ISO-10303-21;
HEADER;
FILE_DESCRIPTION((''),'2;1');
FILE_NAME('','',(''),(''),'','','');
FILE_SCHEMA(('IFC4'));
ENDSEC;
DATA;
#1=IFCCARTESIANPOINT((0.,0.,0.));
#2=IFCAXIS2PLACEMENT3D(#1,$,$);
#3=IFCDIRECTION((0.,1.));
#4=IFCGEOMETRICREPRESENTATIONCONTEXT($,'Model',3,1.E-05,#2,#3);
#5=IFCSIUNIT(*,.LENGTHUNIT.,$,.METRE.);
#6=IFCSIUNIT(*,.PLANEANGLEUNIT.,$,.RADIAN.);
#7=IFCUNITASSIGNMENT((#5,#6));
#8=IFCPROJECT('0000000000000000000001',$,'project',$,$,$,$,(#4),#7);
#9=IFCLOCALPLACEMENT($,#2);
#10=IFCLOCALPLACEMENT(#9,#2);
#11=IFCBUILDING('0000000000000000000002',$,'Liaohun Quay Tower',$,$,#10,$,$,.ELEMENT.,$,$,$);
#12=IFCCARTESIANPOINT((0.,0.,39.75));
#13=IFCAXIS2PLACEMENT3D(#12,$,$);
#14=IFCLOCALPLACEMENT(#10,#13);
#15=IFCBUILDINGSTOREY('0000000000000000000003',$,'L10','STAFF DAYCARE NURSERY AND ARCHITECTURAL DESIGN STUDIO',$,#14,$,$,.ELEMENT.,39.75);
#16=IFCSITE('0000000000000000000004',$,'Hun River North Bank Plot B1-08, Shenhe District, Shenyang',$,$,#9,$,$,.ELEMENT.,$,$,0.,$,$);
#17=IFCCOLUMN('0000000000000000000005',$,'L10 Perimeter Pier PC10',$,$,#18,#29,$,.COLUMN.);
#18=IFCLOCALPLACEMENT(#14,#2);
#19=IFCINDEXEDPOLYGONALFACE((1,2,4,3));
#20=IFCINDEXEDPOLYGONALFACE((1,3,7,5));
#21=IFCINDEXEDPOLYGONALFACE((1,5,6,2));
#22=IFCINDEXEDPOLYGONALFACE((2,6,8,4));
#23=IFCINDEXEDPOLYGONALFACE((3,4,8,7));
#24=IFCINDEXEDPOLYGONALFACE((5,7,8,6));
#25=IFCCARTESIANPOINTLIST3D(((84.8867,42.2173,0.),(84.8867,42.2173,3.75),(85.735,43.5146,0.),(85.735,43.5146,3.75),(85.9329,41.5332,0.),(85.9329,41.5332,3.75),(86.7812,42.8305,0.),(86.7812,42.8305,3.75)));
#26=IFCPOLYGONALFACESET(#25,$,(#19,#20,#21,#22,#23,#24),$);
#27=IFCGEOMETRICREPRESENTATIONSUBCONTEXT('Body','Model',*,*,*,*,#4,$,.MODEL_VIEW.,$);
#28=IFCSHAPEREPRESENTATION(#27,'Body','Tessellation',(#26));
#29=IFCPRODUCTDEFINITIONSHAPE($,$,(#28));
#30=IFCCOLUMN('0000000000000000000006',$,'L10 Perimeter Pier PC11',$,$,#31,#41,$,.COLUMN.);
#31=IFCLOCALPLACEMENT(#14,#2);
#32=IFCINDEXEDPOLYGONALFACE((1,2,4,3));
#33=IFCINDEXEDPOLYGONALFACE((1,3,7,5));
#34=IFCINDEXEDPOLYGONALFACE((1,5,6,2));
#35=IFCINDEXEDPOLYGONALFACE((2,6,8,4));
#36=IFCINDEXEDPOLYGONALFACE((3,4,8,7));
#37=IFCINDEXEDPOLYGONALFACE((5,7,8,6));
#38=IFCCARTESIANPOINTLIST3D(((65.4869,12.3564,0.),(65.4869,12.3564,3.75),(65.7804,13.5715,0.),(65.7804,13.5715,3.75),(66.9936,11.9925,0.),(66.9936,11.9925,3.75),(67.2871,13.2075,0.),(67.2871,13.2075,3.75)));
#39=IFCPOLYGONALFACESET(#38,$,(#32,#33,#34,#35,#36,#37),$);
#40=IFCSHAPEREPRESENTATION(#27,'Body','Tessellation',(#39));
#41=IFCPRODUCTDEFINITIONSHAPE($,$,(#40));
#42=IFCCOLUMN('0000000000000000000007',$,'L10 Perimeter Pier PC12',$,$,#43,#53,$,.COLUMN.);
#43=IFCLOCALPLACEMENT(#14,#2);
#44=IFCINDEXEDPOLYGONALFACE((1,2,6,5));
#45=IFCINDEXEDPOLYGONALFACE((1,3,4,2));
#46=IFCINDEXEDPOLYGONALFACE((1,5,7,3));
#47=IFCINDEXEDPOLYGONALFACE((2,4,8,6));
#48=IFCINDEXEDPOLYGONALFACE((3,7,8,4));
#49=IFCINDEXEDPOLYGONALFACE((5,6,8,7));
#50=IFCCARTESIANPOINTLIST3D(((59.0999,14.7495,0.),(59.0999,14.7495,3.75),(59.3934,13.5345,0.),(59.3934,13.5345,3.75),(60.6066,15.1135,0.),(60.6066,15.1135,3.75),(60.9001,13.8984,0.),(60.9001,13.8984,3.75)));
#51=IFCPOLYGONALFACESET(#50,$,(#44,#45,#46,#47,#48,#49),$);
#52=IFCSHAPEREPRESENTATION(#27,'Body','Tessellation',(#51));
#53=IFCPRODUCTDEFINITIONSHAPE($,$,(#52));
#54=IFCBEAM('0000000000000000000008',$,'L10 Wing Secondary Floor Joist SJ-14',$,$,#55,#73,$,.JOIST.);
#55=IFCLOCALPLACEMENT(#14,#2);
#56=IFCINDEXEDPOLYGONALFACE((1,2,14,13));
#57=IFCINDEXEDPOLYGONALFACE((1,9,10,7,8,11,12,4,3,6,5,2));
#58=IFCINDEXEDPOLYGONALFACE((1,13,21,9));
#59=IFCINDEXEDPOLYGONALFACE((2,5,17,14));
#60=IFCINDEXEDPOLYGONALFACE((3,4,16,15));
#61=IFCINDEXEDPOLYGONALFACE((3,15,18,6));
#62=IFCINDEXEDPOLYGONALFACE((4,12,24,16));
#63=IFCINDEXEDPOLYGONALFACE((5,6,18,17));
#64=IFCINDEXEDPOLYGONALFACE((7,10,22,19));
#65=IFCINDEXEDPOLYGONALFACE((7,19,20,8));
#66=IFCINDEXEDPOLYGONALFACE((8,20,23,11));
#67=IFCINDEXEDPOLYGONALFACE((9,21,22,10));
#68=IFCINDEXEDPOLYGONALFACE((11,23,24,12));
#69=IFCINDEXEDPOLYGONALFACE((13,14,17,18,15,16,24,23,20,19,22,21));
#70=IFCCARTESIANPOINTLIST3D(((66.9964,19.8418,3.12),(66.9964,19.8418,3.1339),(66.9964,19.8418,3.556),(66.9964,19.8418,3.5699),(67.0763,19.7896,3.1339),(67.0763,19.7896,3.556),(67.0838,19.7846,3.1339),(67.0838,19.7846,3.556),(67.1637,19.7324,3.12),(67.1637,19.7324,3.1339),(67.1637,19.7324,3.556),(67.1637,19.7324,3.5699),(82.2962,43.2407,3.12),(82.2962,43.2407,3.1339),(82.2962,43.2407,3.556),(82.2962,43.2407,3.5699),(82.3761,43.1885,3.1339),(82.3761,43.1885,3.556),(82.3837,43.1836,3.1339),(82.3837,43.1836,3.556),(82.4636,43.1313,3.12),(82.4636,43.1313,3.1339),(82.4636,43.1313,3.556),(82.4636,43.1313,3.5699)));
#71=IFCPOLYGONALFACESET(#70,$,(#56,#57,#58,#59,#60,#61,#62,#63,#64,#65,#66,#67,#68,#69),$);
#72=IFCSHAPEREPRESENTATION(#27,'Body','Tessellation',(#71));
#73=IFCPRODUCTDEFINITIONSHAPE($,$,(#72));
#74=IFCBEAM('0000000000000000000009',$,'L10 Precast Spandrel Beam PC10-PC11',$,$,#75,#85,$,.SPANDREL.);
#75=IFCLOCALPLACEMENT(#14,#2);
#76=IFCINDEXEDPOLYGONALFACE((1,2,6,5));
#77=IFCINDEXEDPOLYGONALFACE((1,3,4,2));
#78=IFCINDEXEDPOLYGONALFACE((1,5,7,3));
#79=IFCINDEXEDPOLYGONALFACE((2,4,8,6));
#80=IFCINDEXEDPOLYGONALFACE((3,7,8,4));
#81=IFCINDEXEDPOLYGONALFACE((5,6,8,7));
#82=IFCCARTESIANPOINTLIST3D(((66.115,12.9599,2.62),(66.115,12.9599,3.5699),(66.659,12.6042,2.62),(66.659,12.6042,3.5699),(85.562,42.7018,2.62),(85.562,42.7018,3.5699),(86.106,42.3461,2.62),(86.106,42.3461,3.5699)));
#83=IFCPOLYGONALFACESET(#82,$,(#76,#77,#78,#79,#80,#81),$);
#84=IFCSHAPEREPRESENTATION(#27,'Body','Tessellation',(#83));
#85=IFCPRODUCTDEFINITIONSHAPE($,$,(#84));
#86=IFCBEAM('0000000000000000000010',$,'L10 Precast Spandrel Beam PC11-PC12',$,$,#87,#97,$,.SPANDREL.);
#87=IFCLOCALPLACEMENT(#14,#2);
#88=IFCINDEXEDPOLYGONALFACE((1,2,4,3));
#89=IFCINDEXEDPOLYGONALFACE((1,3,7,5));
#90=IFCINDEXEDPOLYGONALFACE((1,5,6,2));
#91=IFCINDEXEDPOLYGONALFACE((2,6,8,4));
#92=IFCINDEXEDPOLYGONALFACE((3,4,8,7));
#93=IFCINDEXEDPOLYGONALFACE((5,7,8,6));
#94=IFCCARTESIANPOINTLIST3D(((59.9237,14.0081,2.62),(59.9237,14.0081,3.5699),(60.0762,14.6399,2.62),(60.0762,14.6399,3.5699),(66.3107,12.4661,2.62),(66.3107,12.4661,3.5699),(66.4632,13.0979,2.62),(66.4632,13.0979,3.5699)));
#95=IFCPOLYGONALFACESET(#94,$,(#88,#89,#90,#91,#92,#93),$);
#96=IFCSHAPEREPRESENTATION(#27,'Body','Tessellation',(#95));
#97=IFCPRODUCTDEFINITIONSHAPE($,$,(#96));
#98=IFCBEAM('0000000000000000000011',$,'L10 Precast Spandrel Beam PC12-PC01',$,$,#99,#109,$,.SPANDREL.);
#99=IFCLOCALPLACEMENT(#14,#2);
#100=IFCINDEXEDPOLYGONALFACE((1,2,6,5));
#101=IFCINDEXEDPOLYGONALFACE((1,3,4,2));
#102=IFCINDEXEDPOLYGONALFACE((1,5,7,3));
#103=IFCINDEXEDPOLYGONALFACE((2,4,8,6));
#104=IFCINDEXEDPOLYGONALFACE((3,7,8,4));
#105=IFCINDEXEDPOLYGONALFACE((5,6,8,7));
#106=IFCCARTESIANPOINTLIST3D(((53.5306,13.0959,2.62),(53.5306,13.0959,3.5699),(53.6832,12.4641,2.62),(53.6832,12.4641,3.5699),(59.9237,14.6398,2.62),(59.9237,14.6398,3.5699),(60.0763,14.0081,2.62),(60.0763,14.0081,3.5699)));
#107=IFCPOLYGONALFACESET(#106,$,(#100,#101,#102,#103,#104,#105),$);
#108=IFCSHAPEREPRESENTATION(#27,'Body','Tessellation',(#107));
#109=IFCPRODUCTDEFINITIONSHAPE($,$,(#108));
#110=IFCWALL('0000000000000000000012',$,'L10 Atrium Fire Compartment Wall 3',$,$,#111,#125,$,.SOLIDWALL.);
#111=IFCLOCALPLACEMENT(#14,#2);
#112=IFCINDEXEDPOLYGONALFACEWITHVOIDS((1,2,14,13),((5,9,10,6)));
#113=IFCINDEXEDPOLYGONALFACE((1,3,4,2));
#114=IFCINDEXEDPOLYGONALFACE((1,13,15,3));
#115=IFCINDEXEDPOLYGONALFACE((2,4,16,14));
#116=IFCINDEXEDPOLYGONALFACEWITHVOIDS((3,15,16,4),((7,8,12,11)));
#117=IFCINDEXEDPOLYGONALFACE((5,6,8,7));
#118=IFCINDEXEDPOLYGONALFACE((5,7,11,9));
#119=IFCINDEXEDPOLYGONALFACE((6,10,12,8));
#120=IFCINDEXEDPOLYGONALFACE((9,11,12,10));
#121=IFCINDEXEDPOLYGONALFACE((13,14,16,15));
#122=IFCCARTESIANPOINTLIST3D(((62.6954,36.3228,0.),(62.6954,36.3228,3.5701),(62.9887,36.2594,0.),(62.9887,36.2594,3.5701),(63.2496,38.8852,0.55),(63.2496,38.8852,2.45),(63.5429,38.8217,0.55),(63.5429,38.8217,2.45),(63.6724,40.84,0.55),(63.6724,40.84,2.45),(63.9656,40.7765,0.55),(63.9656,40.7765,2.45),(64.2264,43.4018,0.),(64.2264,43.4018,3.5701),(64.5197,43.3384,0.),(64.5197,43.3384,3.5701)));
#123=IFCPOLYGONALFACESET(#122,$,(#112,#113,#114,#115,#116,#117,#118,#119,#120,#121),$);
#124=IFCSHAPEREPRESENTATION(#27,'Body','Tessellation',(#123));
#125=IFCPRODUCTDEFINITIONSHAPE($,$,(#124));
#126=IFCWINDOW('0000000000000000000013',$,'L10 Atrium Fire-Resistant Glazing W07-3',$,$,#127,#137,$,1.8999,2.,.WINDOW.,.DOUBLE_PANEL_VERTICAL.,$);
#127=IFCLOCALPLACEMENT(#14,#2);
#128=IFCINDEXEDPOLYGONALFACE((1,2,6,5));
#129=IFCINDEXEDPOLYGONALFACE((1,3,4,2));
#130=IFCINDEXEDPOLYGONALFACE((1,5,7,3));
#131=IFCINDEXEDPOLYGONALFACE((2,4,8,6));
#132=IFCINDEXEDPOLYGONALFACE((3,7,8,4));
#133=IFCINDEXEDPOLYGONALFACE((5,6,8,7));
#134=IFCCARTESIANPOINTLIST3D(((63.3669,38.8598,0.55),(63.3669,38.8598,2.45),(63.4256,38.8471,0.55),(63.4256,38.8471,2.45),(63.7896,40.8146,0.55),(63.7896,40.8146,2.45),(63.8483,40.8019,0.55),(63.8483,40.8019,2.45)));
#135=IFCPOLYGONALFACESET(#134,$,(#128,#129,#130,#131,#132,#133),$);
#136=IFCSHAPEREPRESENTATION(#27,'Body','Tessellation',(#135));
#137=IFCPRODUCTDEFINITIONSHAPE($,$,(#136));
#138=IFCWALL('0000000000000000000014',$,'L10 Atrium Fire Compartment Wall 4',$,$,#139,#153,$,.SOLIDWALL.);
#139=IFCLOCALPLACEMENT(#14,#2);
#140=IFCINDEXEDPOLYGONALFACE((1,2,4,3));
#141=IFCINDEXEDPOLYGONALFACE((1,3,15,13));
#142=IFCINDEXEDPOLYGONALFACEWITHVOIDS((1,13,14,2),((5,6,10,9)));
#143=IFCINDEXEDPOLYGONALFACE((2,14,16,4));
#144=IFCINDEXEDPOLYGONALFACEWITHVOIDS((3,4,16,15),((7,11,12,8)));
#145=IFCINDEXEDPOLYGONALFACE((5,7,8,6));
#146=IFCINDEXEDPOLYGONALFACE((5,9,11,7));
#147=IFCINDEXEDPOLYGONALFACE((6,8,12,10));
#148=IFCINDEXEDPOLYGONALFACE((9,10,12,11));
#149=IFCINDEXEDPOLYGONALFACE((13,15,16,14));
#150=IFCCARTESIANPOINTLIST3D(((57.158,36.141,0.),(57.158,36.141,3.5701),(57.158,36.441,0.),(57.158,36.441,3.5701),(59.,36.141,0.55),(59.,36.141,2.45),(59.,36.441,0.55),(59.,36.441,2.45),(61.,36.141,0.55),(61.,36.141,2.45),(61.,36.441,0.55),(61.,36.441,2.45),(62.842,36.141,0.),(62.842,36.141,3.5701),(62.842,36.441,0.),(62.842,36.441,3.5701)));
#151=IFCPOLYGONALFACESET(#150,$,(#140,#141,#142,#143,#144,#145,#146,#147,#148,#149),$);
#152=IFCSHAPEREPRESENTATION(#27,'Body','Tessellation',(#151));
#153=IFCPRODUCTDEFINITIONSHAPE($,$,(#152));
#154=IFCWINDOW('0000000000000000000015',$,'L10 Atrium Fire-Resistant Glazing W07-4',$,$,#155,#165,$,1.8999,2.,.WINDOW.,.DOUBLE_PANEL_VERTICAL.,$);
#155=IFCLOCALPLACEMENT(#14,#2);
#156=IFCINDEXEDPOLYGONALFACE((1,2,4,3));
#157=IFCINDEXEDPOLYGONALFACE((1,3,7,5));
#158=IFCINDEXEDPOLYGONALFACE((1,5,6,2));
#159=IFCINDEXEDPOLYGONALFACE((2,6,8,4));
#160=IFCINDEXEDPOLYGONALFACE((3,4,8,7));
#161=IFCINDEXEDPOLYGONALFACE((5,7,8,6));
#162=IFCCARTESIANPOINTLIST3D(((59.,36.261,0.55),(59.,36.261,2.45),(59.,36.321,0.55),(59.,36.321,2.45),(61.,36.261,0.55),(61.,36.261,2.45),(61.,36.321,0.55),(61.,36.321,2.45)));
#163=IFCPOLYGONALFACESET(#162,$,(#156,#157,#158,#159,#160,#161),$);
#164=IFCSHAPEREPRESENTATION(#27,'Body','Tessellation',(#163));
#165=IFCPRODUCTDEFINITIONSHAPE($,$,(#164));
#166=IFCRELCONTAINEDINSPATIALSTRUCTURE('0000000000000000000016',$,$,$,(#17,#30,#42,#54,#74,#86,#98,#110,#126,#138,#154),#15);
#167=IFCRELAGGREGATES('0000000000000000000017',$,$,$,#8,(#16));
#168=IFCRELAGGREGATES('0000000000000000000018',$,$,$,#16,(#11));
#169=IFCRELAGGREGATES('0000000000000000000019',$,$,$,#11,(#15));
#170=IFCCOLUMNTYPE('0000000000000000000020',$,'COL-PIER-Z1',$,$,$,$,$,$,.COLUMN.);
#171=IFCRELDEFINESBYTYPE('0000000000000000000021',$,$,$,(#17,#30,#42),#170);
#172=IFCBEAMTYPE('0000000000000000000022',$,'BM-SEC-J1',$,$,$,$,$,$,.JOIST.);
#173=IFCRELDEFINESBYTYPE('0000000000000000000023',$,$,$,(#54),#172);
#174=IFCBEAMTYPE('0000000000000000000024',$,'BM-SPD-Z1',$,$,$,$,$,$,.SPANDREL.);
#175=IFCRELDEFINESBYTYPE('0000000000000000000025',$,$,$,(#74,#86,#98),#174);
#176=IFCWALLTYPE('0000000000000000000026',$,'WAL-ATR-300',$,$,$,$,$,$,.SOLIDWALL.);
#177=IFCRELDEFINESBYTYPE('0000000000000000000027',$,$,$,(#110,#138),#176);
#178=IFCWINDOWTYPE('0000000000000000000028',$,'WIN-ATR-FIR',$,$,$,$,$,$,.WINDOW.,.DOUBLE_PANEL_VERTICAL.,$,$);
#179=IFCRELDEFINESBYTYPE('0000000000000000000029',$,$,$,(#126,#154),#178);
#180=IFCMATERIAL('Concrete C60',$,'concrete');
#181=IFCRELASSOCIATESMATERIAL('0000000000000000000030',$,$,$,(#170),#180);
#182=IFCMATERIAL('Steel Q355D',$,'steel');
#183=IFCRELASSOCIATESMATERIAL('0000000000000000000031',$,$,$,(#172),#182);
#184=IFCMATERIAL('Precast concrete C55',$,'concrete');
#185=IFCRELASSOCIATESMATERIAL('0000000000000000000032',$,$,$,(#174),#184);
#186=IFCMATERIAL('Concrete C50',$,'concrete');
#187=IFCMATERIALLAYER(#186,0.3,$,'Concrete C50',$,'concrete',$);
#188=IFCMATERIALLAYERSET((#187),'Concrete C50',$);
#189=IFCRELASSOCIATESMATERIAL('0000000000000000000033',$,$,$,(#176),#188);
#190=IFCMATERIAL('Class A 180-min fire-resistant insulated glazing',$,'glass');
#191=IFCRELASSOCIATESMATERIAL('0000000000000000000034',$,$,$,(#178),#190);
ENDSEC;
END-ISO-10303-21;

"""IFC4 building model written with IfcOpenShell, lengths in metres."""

from ifc_helpers import new_model, si_unit, direction, frame, frame_2d, origin, origin_2d, place, context, subcontext, project, spatial, rectangle, i_section, extrude, source, transform, mapped, material, layer, layer_set, material_profile, profile_set, type_object, element, fill, save


model = new_model("IFC4")

# Units and contexts
model_context = context("Model", 3, precision=1e-05, world=origin(), true_north=direction((0.0, 1.0)))
body_context = subcontext(model_context, "Body", "Model", "MODEL_VIEW")
ifc_project = project(units=[si_unit("LENGTHUNIT", "METRE"), si_unit("PLANEANGLEUNIT", "RADIAN")], contexts=[model_context])

# Site, building, storey
site_placement = place(None, origin())
site = spatial("IfcSite", under=ifc_project, at=site_placement, Name="Hun River North Bank Plot B1-08, Shenhe District, Shenyang", CompositionType="ELEMENT", RefElevation=0.0)
building_placement = place(site_placement, origin())
building = spatial("IfcBuilding", under=site, at=building_placement, Name="Liaohun Quay Tower", CompositionType="ELEMENT")
storey_placement = place(building_placement, frame((0.0, 0.0, 39.75)))
storey = spatial("IfcBuildingStorey", under=building, at=storey_placement, Name="L10", Description="STAFF DAYCARE NURSERY AND ARCHITECTURAL DESIGN STUDIO", CompositionType="ELEMENT", Elevation=39.75)

# Columns
ifc_material_1 = material(Name="Concrete C60", Category="concrete")
ifc_material_profile_1 = material_profile(ifc_material_1, rectangle(XDim=1.55, YDim=1.25, at=origin_2d()), Name="RC1550x1250")
ifc_profile_set_1 = profile_set([ifc_material_profile_1], Name="Concrete C60")
column_type = type_object("IfcColumnType", Name="COL-PIER-Z1", PredefinedType="COLUMN", material=ifc_profile_set_1)
shared_shape_1 = source(origin(), body_context, "Body", "SweptSolid", [
    extrude(rectangle(XDim=1.55, YDim=1.25, at=origin_2d()), origin(), (0.0, 0.0, 1.0), 3.75),
])
for number, where, z_axis, x_axis, name in (
    (1, (85.834, 42.5239, 0.0), (0.0, 0.0, 1.0), (0.547271, 0.836955, 0.0), "L10 Perimeter Pier PC10"),
    (2, (66.387, 12.782, 0.0), (0.0, 0.0, 1.0), (-0.972043, 0.234803, 0.0), "L10 Perimeter Pier PC11"),
    (3, (60.0, 14.324, 0.0), (0.0, 0.0, 1.0), (0.972043, 0.234803, 0.0), "L10 Perimeter Pier PC12"),
):
    element("IfcColumn", number, at=place(storey_placement, frame(where, z_axis=z_axis, x_axis=x_axis)), inside=storey, type_object=column_type, Name=name, PredefinedType="COLUMN", context=body_context, shape_type="MappedRepresentation", body=[
        mapped(shared_shape_1, transform((0.0, 0.0, 0.0), x_axis=(1.0, 0.0, 0.0), y_axis=(0.0, 1.0, 0.0), z_axis=(0.0, 0.0, 1.0), scale=1.0)),
    ])

# Beams
ifc_material_2 = material(Name="Steel Q355D", Category="steel")
ifc_material_profile_2 = material_profile(ifc_material_2, i_section(OverallWidth=0.2, OverallDepth=0.45, WebThickness=0.009, FlangeThickness=0.0139, at=origin_2d()), Name="HN450x200x9x14")
ifc_profile_set_2 = profile_set([ifc_material_profile_2], Name="Steel Q355D")
beam_type_1 = type_object("IfcBeamType", Name="BM-SEC-J1", PredefinedType="JOIST", material=ifc_profile_set_2)
shared_shape_2 = source(origin(), body_context, "Body", "SweptSolid", [
    extrude(i_section(OverallWidth=0.2, OverallDepth=0.45, WebThickness=0.009, FlangeThickness=0.0139, at=origin_2d()), origin(), (0.0, 0.0, 1.0), 27.957),
])
beam_1_placement = place(storey_placement, frame((82.3799, 43.186, 3.345), z_axis=(-0.547262, -0.836961, 0.0), x_axis=(0.836961, -0.547262, 0.0)))
element("IfcBeam", 4, at=beam_1_placement, inside=storey, type_object=beam_type_1, Name="L10 Wing Secondary Floor Joist SJ-14", PredefinedType="JOIST", context=body_context, shape_type="MappedRepresentation", body=[
    mapped(shared_shape_2, transform((0.0, 0.0, 0.0), x_axis=(1.0, 0.0, 0.0), y_axis=(0.0, 1.0, 0.0), z_axis=(0.0, 0.0, 1.0), scale=1.0)),
])
ifc_material_3 = material(Name="Precast concrete C55", Category="concrete")
ifc_material_profile_3 = material_profile(ifc_material_3, rectangle(XDim=0.6499, YDim=0.95, at=origin_2d()), Name="RC650x950")
ifc_profile_set_3 = profile_set([ifc_material_profile_3], Name="Precast concrete C55")
beam_type_2 = type_object("IfcBeamType", Name="BM-SPD-Z1", PredefinedType="SPANDREL", material=ifc_profile_set_3)
shared_shape_3 = source(origin(), body_context, "Body", "SweptSolid", [
    extrude(rectangle(XDim=0.6499, YDim=0.95, at=origin_2d()), origin(), (0.0, 0.0, 1.0), 35.5354),
])
beam_2_placement = place(storey_placement, frame((85.834, 42.5239, 3.095), z_axis=(-0.547257, -0.836965, 0.0), x_axis=(0.836965, -0.547257, 0.0)))
element("IfcBeam", 5, at=beam_2_placement, inside=storey, type_object=beam_type_2, Name="L10 Precast Spandrel Beam PC10-PC11", PredefinedType="SPANDREL", context=body_context, shape_type="MappedRepresentation", body=[
    mapped(shared_shape_3, transform((0.0, 0.0, 0.0), x_axis=(1.0, 0.0, 0.0), y_axis=(0.0, 1.0, 0.0), z_axis=(0.0, 0.0, 1.0), scale=1.0)),
])
shared_shape_4 = source(origin(), body_context, "Body", "SweptSolid", [
    extrude(rectangle(XDim=0.6499, YDim=0.95, at=origin_2d()), origin(), (0.0, 0.0, 1.0), 6.5706),
])
beam_3_placement = place(storey_placement, frame((66.387, 12.782, 3.095), z_axis=(-0.972071, 0.234685, 0.0), x_axis=(-0.234685, -0.972071, 0.0)))
element("IfcBeam", 6, at=beam_3_placement, inside=storey, type_object=beam_type_2, Name="L10 Precast Spandrel Beam PC11-PC12", PredefinedType="SPANDREL", context=body_context, shape_type="MappedRepresentation", body=[
    mapped(shared_shape_4, transform((0.0, 0.0, 0.0), x_axis=(1.0, 0.0, 0.0), y_axis=(0.0, 1.0, 0.0), z_axis=(0.0, 0.0, 1.0), scale=1.0)),
])
shared_shape_5 = source(origin(), body_context, "Body", "SweptSolid", [
    extrude(rectangle(XDim=0.6499, YDim=0.95, at=origin_2d()), origin(), (0.0, 0.0, 1.0), 6.5769),
])
beam_4_placement = place(storey_placement, frame((60.0, 14.324, 3.095), z_axis=(-0.972055, -0.234754, 0.0), x_axis=(0.234754, -0.972055, 0.0)))
element("IfcBeam", 7, at=beam_4_placement, inside=storey, type_object=beam_type_2, Name="L10 Precast Spandrel Beam PC12-PC01", PredefinedType="SPANDREL", context=body_context, shape_type="MappedRepresentation", body=[
    mapped(shared_shape_5, transform((0.0, 0.0, 0.0), x_axis=(1.0, 0.0, 0.0), y_axis=(0.0, 1.0, 0.0), z_axis=(0.0, 0.0, 1.0), scale=1.0)),
])

# Walls, openings, windows
ifc_material_4 = material(Name="Concrete C50", Category="concrete")
ifc_layer_1 = layer(ifc_material_4, 0.3, Name="Concrete C50", Category="concrete")
ifc_layer_set_1 = layer_set([ifc_layer_1], Name="Concrete C50")
wall_type_1 = type_object("IfcWallType", Name="WAL-ATR-300", PredefinedType="SOLIDWALL", material=ifc_layer_set_1)
wall_1_placement = place(storey_placement, frame((64.373, 43.3701, 0.0), z_axis=(0.0, 0.0, 1.0), x_axis=(-0.211384, -0.977403, 0.0)))
wall_1 = element("IfcWall", 8, at=wall_1_placement, inside=storey, type_object=wall_type_1, Name="L10 Atrium Fire Compartment Wall 3", PredefinedType="SOLIDWALL", context=body_context, shape_type="SweptSolid", body=[
    extrude(rectangle(XDim=7.2427, YDim=0.3, at=frame_2d((3.6213, 0.0))), origin(), (0.0, 0.0, 1.0), 3.5701),
])
shared_shape_6 = source(origin(), body_context, "Body", "SweptSolid", [
    extrude(rectangle(XDim=2.0, YDim=1.8999, at=frame_2d((1.0, 0.95))), frame((0.0, 0.1599, 0.0), z_axis=(0.0, -1.0, 0.0), x_axis=(1.0, 0.0, 0.0)), (0.0, 0.0, 1.0), 0.3201),
])
opening_1_placement = place(wall_1_placement, frame((2.6211, 0.0, 0.55)))
opening_1 = element("IfcOpeningElement", 9, at=opening_1_placement, cuts=wall_1, PredefinedType="OPENING", context=body_context, shape_type="MappedRepresentation", body=[
    mapped(shared_shape_6, transform((0.0, 0.0, 0.0), x_axis=(1.0, 0.0, 0.0), y_axis=(0.0, 1.0, 0.0), z_axis=(0.0, 0.0, 1.0), scale=1.0)),
])
ifc_material_5 = material(Name="Class A 180-min fire-resistant insulated glazing", Category="glass")
window_type_1 = type_object("IfcWindowType", Name="WIN-ATR-FIR", PartitioningType="DOUBLE_PANEL_VERTICAL", PredefinedType="WINDOW", material=ifc_material_5)
shared_shape_7 = source(origin(), body_context, "Body", "SweptSolid", [
    extrude(rectangle(XDim=2.0, YDim=1.8999, at=frame_2d((1.0, 0.95))), frame((0.0, 0.03, 0.0), z_axis=(0.0, -1.0, 0.0), x_axis=(1.0, 0.0, 0.0)), (0.0, 0.0, 1.0), 0.0601),
])
window_1_placement = place(opening_1_placement, origin())
window_1 = element("IfcWindow", 10, at=window_1_placement, inside=storey, type_object=window_type_1, Name="L10 Atrium Fire-Resistant Glazing W07-3", OverallHeight=1.8999, OverallWidth=2.0, PartitioningType="DOUBLE_PANEL_VERTICAL", PredefinedType="WINDOW", context=body_context, shape_type="MappedRepresentation", body=[
    mapped(shared_shape_7, transform((0.0, 0.0, 0.0), x_axis=(1.0, 0.0, 0.0), y_axis=(0.0, 1.0, 0.0), z_axis=(0.0, 0.0, 1.0), scale=1.0)),
])
fill(opening_1, window_1)
wall_2_placement = place(storey_placement, frame((62.842, 36.291, 0.0), z_axis=(0.0, 0.0, 1.0), x_axis=(-1.0, 0.0, 0.0)))
wall_2 = element("IfcWall", 11, at=wall_2_placement, inside=storey, type_object=wall_type_1, Name="L10 Atrium Fire Compartment Wall 4", PredefinedType="SOLIDWALL", context=body_context, shape_type="SweptSolid", body=[
    extrude(rectangle(XDim=5.6841, YDim=0.3, at=frame_2d((2.842, 0.0))), origin(), (0.0, 0.0, 1.0), 3.5701),
])
opening_2_placement = place(wall_2_placement, frame((1.842, 0.0, 0.55)))
opening_2 = element("IfcOpeningElement", 12, at=opening_2_placement, cuts=wall_2, PredefinedType="OPENING", context=body_context, shape_type="MappedRepresentation", body=[
    mapped(shared_shape_6, transform((0.0, 0.0, 0.0), x_axis=(1.0, 0.0, 0.0), y_axis=(0.0, 1.0, 0.0), z_axis=(0.0, 0.0, 1.0), scale=1.0)),
])
window_2_placement = place(opening_2_placement, origin())
window_2 = element("IfcWindow", 13, at=window_2_placement, inside=storey, type_object=window_type_1, Name="L10 Atrium Fire-Resistant Glazing W07-4", OverallHeight=1.8999, OverallWidth=2.0, PartitioningType="DOUBLE_PANEL_VERTICAL", PredefinedType="WINDOW", context=body_context, shape_type="MappedRepresentation", body=[
    mapped(shared_shape_7, transform((0.0, 0.0, 0.0), x_axis=(1.0, 0.0, 0.0), y_axis=(0.0, 1.0, 0.0), z_axis=(0.0, 0.0, 1.0), scale=1.0)),
])
fill(opening_2, window_2)

save(model, "model.ifc")
